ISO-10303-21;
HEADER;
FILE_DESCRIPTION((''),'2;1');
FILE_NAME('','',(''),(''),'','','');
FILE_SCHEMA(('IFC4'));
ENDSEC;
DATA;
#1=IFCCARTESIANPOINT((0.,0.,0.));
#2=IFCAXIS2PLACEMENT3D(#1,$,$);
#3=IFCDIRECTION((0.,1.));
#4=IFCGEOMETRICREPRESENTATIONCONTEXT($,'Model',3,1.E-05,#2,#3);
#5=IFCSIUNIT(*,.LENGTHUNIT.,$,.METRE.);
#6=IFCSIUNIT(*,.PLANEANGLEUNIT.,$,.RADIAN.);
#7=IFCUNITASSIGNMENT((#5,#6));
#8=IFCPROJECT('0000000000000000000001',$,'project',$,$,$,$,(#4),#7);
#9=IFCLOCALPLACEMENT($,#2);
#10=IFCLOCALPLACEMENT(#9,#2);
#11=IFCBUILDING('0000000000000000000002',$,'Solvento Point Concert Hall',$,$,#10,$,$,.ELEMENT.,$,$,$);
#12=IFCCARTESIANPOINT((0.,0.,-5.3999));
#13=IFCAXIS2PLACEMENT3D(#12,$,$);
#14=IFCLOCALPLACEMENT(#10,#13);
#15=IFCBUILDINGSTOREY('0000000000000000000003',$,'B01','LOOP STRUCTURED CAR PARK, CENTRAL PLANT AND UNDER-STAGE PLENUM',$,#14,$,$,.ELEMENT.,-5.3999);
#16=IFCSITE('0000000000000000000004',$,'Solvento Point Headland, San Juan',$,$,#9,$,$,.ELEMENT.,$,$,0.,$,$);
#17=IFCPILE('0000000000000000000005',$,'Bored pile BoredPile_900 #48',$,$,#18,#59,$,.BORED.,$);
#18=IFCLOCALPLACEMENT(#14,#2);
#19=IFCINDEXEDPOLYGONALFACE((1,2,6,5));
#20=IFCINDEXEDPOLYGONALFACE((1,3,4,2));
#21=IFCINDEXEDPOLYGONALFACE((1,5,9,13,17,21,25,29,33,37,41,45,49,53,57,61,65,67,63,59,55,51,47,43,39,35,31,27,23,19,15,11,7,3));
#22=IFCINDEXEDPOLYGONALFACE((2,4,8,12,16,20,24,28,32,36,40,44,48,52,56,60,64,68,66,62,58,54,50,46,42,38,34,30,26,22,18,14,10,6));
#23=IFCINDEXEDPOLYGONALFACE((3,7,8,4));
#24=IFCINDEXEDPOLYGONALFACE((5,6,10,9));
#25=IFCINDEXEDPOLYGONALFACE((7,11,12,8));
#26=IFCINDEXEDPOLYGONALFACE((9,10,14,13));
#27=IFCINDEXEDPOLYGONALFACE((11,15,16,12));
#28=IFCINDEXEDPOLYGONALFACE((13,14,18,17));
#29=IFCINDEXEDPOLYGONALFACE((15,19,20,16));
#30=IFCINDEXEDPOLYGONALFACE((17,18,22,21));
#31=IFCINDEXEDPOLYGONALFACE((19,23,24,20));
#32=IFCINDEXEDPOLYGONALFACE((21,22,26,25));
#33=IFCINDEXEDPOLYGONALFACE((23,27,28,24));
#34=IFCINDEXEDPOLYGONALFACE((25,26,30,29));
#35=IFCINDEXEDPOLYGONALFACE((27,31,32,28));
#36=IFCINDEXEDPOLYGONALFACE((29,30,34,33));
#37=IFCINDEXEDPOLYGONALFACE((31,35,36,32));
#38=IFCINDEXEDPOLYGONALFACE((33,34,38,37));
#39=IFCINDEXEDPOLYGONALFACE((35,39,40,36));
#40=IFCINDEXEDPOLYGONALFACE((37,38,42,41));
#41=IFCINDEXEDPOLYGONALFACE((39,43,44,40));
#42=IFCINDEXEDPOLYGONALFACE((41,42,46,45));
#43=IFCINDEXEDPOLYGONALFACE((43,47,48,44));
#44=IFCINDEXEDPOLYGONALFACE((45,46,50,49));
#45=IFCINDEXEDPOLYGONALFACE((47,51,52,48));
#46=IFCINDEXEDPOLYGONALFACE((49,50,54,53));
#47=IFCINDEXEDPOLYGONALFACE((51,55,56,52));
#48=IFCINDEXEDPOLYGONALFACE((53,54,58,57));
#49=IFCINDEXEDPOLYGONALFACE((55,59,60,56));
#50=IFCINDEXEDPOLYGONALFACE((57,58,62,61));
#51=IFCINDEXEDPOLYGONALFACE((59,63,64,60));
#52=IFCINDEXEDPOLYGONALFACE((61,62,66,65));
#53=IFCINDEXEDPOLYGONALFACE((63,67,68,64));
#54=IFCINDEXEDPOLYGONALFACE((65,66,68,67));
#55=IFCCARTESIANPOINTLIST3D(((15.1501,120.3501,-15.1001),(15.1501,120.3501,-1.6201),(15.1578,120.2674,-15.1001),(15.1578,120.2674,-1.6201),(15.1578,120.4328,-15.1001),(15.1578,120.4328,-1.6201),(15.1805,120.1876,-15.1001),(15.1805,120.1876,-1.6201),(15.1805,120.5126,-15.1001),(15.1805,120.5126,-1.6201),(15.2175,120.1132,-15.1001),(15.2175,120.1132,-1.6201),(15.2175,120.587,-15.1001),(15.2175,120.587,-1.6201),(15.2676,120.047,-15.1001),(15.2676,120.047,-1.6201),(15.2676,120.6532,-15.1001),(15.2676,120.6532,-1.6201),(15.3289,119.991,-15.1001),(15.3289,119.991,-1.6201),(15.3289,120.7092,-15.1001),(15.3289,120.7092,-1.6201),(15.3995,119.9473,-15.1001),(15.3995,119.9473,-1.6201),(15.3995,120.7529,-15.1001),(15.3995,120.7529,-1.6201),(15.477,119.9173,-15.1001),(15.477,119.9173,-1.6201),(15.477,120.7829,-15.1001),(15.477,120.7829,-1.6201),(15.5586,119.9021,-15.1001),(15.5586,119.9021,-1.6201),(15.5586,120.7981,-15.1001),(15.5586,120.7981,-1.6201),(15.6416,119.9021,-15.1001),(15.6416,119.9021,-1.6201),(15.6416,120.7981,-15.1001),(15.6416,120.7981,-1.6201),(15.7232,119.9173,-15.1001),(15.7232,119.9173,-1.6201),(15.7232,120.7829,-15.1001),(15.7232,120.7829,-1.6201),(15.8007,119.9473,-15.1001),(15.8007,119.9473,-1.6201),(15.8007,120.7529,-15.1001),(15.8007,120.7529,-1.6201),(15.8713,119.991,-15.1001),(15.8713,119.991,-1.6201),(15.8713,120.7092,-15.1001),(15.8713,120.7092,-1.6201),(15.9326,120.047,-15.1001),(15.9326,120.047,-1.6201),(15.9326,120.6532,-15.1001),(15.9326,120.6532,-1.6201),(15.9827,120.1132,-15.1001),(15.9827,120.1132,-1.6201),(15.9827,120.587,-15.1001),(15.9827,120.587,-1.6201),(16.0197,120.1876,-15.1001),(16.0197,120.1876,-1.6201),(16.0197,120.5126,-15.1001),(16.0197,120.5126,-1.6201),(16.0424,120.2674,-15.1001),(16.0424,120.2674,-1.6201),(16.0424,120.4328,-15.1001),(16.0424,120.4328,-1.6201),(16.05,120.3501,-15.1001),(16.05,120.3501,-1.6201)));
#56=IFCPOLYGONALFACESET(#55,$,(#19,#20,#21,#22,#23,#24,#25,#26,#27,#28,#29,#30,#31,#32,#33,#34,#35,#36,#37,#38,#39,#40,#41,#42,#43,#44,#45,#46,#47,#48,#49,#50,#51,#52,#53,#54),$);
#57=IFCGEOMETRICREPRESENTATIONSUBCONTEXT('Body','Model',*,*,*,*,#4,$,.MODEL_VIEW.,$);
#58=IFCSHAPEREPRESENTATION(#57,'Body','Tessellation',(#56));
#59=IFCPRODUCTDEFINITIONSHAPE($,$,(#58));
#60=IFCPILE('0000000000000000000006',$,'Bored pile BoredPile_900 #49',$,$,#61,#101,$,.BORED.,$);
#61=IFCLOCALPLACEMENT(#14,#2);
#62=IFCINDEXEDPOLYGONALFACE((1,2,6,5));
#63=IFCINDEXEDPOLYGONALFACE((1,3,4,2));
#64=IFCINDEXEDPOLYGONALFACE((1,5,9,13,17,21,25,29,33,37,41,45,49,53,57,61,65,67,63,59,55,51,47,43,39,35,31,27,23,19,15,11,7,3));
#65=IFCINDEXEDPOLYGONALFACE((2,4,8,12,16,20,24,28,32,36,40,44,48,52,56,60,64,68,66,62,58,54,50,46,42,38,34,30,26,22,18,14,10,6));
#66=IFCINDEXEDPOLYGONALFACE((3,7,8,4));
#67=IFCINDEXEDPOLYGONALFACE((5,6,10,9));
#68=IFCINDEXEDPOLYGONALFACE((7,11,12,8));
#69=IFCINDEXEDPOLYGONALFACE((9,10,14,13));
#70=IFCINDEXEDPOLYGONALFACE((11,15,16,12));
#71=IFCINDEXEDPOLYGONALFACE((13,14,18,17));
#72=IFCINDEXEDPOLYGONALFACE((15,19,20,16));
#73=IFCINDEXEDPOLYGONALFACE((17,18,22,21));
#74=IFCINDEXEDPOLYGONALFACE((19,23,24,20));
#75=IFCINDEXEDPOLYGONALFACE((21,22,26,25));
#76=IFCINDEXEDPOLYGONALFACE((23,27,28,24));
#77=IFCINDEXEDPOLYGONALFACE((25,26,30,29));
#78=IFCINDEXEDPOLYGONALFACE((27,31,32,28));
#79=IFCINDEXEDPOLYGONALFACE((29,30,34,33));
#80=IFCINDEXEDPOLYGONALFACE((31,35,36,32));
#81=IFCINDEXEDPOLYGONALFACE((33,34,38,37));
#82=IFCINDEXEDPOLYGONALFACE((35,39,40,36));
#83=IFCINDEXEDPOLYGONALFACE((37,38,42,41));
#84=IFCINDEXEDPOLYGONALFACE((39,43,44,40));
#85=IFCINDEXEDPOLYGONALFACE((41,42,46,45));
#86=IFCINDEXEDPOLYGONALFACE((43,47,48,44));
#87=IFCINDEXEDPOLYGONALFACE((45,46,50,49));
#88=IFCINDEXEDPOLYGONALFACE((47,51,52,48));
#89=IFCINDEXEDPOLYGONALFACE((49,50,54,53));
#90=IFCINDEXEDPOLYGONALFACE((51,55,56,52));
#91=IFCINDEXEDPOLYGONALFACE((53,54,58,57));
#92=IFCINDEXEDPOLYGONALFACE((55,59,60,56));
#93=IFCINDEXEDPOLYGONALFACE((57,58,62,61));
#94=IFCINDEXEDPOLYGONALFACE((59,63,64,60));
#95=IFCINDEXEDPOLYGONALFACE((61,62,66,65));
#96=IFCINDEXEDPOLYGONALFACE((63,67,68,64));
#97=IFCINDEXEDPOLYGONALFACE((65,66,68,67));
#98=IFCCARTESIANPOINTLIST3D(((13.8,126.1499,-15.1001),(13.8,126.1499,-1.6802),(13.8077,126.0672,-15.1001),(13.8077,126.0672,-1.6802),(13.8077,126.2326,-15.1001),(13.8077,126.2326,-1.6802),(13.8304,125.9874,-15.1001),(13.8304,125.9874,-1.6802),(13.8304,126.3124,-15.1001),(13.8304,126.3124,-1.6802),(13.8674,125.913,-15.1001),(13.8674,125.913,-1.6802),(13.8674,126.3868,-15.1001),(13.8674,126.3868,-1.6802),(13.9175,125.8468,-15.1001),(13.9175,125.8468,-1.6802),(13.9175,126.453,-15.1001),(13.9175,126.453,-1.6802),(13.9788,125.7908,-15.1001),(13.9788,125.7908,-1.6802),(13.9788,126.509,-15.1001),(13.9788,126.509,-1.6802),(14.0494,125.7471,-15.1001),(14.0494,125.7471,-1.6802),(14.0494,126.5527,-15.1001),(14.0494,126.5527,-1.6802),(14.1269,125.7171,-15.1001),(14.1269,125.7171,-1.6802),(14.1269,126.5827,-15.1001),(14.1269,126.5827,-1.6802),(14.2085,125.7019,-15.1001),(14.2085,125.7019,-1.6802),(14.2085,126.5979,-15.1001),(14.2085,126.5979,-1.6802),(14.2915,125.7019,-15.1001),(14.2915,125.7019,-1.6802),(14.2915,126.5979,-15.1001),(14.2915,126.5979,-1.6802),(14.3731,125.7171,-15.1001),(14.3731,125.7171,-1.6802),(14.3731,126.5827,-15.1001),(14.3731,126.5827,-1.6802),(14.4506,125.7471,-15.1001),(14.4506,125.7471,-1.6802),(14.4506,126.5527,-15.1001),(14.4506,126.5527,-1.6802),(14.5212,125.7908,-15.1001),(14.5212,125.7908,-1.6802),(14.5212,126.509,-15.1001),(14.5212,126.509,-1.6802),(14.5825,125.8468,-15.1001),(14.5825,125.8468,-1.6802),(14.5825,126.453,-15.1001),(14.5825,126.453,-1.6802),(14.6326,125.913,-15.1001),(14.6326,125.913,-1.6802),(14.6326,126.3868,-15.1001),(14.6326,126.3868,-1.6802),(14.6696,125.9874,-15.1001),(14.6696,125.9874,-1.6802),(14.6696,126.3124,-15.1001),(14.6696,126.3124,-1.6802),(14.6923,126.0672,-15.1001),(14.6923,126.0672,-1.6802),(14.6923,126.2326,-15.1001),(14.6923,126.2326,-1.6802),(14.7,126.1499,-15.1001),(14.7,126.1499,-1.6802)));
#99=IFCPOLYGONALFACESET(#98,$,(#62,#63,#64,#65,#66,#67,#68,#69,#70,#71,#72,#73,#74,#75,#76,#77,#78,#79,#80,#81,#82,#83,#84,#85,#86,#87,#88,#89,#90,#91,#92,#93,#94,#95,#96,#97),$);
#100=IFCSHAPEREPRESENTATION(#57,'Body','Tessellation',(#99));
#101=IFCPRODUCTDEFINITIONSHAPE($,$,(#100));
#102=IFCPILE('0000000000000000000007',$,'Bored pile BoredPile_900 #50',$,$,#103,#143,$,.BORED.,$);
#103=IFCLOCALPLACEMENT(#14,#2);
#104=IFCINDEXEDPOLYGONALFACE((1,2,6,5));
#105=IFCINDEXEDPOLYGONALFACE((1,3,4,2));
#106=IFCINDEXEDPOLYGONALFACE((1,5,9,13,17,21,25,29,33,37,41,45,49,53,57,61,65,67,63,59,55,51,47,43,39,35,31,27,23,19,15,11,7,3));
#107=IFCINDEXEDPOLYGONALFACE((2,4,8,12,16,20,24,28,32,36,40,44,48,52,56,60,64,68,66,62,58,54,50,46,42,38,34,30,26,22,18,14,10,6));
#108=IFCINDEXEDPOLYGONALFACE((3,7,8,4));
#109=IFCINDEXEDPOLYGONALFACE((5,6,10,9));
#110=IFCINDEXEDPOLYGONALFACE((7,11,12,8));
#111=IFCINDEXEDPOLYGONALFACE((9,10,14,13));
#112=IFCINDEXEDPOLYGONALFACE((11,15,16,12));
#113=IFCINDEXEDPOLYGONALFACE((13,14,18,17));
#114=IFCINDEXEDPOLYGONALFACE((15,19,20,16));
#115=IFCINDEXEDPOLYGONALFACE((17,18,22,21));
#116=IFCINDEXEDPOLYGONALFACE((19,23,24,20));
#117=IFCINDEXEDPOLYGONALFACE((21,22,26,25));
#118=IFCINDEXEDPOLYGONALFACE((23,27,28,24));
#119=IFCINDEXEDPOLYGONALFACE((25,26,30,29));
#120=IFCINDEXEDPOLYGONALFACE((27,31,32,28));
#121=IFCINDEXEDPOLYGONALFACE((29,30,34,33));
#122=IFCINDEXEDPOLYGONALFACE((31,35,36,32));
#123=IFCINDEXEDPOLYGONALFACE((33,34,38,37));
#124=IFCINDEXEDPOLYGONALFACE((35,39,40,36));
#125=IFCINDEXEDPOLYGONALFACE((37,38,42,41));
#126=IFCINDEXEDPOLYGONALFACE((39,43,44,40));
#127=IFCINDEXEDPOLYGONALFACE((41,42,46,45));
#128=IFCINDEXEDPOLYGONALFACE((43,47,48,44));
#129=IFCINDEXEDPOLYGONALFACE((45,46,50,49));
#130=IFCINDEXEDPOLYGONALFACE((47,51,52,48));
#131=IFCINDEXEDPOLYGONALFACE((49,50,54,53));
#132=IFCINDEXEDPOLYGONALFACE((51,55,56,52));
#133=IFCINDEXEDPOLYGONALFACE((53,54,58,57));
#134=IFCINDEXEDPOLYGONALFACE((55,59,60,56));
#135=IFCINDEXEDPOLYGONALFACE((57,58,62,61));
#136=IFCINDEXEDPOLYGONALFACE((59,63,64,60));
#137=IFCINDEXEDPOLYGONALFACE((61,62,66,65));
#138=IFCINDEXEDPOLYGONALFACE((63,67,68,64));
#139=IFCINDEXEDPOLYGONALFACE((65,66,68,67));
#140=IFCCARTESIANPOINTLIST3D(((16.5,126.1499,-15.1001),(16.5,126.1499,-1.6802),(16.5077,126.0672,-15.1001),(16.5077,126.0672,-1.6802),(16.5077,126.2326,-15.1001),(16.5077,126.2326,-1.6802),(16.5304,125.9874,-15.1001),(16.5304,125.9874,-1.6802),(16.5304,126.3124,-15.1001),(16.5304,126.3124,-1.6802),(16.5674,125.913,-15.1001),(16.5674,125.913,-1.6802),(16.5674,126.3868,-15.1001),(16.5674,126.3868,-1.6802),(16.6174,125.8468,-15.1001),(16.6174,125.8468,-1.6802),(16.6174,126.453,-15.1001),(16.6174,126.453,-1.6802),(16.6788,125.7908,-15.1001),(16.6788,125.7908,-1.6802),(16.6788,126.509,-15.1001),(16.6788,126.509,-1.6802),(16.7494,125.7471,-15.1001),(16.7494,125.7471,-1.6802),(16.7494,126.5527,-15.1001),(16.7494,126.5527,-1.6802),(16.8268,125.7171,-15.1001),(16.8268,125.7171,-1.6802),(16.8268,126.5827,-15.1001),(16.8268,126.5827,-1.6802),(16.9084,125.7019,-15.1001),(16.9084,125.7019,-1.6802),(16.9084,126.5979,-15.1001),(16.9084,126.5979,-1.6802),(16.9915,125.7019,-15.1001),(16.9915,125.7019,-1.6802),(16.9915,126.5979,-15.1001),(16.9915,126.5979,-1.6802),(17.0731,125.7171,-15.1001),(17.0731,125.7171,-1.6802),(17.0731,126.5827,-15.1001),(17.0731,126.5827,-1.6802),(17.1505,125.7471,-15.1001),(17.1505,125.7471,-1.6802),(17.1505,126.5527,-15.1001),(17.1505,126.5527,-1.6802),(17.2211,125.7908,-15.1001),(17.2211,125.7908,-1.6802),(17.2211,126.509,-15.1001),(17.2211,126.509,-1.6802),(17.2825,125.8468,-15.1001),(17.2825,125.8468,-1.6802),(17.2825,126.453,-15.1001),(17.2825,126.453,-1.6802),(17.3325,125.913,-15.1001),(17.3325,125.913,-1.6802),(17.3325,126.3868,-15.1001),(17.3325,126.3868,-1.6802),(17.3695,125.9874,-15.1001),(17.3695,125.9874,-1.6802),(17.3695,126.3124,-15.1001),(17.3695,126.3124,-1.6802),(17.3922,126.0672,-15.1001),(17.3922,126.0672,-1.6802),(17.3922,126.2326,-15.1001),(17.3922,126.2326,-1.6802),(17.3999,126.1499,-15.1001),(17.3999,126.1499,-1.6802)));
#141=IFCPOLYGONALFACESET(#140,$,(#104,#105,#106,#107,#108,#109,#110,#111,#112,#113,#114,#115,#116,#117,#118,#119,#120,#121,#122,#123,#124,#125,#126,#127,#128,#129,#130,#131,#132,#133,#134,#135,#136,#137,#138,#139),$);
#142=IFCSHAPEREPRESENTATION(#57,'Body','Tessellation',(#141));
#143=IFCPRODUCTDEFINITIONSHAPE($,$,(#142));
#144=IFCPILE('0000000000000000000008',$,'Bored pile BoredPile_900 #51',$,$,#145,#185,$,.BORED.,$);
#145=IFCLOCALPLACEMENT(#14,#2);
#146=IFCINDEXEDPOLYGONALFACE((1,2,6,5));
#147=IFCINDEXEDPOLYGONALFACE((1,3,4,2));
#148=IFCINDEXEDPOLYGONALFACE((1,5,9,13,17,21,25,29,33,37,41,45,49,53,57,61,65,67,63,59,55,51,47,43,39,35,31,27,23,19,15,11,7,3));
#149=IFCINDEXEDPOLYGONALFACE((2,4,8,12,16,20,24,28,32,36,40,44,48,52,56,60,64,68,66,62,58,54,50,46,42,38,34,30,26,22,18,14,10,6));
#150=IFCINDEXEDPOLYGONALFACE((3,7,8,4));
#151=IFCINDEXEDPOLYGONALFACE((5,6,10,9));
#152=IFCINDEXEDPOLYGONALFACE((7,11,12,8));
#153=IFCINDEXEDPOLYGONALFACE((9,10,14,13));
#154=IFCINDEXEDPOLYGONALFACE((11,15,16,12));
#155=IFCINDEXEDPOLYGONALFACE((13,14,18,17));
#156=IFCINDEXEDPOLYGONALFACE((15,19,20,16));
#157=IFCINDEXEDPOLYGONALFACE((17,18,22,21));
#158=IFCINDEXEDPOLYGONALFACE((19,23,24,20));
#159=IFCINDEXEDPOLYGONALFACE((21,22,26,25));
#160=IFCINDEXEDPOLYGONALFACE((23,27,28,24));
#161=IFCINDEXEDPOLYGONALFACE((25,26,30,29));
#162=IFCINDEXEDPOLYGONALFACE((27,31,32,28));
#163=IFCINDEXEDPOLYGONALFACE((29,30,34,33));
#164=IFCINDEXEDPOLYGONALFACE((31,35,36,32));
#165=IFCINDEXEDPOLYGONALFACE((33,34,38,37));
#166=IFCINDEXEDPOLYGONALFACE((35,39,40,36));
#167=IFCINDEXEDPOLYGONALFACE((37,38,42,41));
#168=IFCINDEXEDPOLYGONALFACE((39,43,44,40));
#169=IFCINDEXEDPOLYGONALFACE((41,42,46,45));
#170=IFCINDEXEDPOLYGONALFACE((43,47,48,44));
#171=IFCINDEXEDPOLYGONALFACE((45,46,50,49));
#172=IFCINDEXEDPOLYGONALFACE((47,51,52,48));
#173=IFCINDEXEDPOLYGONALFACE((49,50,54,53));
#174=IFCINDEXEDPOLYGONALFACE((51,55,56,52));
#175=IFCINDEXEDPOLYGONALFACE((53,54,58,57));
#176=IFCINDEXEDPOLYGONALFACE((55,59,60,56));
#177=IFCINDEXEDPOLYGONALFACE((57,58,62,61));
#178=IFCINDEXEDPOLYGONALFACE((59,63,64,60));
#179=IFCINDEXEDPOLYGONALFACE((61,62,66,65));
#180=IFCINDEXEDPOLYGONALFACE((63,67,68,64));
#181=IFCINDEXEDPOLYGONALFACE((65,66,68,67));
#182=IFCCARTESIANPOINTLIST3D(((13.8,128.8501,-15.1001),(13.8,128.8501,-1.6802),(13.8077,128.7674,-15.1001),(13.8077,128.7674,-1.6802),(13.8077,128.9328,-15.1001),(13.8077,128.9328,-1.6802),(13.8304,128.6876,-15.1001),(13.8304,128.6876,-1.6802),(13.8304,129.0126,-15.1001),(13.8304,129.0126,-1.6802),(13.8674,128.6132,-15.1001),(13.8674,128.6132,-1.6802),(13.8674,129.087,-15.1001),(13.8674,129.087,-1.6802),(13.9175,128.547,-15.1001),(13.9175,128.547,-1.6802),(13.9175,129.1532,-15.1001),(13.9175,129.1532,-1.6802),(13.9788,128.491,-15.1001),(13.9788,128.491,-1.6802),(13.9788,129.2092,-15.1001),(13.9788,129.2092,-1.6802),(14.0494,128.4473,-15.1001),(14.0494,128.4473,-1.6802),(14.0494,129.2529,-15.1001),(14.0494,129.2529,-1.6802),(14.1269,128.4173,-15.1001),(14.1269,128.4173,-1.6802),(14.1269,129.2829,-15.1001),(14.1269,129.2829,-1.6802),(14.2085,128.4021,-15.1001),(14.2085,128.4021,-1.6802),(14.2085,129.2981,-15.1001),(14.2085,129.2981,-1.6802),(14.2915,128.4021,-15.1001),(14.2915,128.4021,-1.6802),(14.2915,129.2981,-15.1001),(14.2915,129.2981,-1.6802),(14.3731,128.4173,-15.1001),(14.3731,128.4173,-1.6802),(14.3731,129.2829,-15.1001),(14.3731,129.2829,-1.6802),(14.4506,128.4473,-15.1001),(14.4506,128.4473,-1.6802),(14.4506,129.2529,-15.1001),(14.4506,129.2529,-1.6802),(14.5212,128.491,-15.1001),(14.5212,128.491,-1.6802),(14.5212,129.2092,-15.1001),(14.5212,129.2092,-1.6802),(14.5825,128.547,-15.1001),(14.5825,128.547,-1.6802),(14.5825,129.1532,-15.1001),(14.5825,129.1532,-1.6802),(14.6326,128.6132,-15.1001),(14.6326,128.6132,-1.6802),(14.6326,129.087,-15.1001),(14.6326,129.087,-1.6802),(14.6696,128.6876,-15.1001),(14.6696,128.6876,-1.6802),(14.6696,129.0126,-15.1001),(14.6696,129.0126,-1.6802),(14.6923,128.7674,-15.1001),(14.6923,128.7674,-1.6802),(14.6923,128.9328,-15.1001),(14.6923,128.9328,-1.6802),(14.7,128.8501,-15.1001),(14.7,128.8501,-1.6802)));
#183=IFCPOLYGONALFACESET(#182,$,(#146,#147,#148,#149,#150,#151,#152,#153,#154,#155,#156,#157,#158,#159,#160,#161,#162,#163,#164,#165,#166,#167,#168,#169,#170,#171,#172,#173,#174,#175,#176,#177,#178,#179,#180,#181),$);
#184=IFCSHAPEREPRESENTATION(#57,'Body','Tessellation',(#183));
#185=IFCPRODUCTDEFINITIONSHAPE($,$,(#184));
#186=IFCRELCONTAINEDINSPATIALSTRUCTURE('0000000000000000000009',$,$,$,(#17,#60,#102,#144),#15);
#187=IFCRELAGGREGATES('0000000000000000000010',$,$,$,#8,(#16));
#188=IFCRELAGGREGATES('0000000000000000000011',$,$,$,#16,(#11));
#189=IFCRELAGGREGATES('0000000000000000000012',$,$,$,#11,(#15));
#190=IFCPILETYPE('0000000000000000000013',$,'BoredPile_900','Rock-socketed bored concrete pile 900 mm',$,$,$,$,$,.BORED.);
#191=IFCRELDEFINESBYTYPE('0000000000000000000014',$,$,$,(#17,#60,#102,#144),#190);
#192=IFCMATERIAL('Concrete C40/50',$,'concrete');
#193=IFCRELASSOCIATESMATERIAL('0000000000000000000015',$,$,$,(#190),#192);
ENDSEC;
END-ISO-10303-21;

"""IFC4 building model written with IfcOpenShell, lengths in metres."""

from ifc_helpers import new_model, si_unit, direction, frame, origin, origin_2d, place, context, subcontext, project, spatial, circle, extrude, material, material_profile, profile_set, type_object, element, save


model = new_model("IFC4")

# Units and contexts
model_context = context("Model", 3, precision=1e-05, world=origin(), true_north=direction((0.0, 1.0)))
body_context = subcontext(model_context, "Body", "Model", "MODEL_VIEW")
ifc_project = project(units=[si_unit("LENGTHUNIT", "METRE"), si_unit("PLANEANGLEUNIT", "RADIAN")], contexts=[model_context])

# Site, building, storey
site_placement = place(None, origin())
site = spatial("IfcSite", under=ifc_project, at=site_placement, Name="Solvento Point Headland, San Juan", CompositionType="ELEMENT", RefElevation=0.0)
building_placement = place(site_placement, origin())
building = spatial("IfcBuilding", under=site, at=building_placement, Name="Solvento Point Concert Hall", CompositionType="ELEMENT")
storey_placement = place(building_placement, frame((0.0, 0.0, -5.3999)))
storey = spatial("IfcBuildingStorey", under=building, at=storey_placement, Name="B01", Description="LOOP STRUCTURED CAR PARK, CENTRAL PLANT AND UNDER-STAGE PLENUM", CompositionType="ELEMENT", Elevation=-5.3999)

# Piles
ifc_material_1 = material(Name="Concrete C40/50", Category="concrete")
ifc_material_profile_1 = material_profile(ifc_material_1, circle(Radius=0.45, at=origin_2d()), Name="BP-900")
ifc_profile_set_1 = profile_set([ifc_material_profile_1], Name="Concrete C40/50")
pile_type = type_object("IfcPileType", Name="BoredPile_900", Description="Rock-socketed bored concrete pile 900 mm", PredefinedType="BORED", material=ifc_profile_set_1)
pile_1_placement = place(storey_placement, frame((15.6001, 120.3501, -1.6201), z_axis=(0.0, 0.0, -1.0), x_axis=(1.0, 0.0, 0.0)))
element("IfcPile", 1, at=pile_1_placement, inside=storey, type_object=pile_type, Name="Bored pile BoredPile_900 #48", PredefinedType="BORED", context=body_context, shape_type="SweptSolid", body=[
    extrude(circle(Radius=0.45, at=origin_2d()), origin(), (0.0, 0.0, 1.0), 13.48),
])
for number, where, z_axis, x_axis, name in (
    (2, (14.25, 126.1499, -1.6802), (0.0, 0.0, -1.0), (1.0, 0.0, 0.0), "Bored pile BoredPile_900 #49"),
    (3, (16.95, 126.1499, -1.6802), (0.0, 0.0, -1.0), (1.0, 0.0, 0.0), "Bored pile BoredPile_900 #50"),
    (4, (14.25, 128.8501, -1.6802), (0.0, 0.0, -1.0), (1.0, 0.0, 0.0), "Bored pile BoredPile_900 #51"),
):
    element("IfcPile", number, at=place(storey_placement, frame(where, z_axis=z_axis, x_axis=x_axis)), inside=storey, type_object=pile_type, Name=name, PredefinedType="BORED", context=body_context, shape_type="SweptSolid", body=[
        extrude(circle(Radius=0.45, at=origin_2d()), origin(), (0.0, 0.0, 1.0), 13.4199),
    ])

save(model, "model.ifc")
